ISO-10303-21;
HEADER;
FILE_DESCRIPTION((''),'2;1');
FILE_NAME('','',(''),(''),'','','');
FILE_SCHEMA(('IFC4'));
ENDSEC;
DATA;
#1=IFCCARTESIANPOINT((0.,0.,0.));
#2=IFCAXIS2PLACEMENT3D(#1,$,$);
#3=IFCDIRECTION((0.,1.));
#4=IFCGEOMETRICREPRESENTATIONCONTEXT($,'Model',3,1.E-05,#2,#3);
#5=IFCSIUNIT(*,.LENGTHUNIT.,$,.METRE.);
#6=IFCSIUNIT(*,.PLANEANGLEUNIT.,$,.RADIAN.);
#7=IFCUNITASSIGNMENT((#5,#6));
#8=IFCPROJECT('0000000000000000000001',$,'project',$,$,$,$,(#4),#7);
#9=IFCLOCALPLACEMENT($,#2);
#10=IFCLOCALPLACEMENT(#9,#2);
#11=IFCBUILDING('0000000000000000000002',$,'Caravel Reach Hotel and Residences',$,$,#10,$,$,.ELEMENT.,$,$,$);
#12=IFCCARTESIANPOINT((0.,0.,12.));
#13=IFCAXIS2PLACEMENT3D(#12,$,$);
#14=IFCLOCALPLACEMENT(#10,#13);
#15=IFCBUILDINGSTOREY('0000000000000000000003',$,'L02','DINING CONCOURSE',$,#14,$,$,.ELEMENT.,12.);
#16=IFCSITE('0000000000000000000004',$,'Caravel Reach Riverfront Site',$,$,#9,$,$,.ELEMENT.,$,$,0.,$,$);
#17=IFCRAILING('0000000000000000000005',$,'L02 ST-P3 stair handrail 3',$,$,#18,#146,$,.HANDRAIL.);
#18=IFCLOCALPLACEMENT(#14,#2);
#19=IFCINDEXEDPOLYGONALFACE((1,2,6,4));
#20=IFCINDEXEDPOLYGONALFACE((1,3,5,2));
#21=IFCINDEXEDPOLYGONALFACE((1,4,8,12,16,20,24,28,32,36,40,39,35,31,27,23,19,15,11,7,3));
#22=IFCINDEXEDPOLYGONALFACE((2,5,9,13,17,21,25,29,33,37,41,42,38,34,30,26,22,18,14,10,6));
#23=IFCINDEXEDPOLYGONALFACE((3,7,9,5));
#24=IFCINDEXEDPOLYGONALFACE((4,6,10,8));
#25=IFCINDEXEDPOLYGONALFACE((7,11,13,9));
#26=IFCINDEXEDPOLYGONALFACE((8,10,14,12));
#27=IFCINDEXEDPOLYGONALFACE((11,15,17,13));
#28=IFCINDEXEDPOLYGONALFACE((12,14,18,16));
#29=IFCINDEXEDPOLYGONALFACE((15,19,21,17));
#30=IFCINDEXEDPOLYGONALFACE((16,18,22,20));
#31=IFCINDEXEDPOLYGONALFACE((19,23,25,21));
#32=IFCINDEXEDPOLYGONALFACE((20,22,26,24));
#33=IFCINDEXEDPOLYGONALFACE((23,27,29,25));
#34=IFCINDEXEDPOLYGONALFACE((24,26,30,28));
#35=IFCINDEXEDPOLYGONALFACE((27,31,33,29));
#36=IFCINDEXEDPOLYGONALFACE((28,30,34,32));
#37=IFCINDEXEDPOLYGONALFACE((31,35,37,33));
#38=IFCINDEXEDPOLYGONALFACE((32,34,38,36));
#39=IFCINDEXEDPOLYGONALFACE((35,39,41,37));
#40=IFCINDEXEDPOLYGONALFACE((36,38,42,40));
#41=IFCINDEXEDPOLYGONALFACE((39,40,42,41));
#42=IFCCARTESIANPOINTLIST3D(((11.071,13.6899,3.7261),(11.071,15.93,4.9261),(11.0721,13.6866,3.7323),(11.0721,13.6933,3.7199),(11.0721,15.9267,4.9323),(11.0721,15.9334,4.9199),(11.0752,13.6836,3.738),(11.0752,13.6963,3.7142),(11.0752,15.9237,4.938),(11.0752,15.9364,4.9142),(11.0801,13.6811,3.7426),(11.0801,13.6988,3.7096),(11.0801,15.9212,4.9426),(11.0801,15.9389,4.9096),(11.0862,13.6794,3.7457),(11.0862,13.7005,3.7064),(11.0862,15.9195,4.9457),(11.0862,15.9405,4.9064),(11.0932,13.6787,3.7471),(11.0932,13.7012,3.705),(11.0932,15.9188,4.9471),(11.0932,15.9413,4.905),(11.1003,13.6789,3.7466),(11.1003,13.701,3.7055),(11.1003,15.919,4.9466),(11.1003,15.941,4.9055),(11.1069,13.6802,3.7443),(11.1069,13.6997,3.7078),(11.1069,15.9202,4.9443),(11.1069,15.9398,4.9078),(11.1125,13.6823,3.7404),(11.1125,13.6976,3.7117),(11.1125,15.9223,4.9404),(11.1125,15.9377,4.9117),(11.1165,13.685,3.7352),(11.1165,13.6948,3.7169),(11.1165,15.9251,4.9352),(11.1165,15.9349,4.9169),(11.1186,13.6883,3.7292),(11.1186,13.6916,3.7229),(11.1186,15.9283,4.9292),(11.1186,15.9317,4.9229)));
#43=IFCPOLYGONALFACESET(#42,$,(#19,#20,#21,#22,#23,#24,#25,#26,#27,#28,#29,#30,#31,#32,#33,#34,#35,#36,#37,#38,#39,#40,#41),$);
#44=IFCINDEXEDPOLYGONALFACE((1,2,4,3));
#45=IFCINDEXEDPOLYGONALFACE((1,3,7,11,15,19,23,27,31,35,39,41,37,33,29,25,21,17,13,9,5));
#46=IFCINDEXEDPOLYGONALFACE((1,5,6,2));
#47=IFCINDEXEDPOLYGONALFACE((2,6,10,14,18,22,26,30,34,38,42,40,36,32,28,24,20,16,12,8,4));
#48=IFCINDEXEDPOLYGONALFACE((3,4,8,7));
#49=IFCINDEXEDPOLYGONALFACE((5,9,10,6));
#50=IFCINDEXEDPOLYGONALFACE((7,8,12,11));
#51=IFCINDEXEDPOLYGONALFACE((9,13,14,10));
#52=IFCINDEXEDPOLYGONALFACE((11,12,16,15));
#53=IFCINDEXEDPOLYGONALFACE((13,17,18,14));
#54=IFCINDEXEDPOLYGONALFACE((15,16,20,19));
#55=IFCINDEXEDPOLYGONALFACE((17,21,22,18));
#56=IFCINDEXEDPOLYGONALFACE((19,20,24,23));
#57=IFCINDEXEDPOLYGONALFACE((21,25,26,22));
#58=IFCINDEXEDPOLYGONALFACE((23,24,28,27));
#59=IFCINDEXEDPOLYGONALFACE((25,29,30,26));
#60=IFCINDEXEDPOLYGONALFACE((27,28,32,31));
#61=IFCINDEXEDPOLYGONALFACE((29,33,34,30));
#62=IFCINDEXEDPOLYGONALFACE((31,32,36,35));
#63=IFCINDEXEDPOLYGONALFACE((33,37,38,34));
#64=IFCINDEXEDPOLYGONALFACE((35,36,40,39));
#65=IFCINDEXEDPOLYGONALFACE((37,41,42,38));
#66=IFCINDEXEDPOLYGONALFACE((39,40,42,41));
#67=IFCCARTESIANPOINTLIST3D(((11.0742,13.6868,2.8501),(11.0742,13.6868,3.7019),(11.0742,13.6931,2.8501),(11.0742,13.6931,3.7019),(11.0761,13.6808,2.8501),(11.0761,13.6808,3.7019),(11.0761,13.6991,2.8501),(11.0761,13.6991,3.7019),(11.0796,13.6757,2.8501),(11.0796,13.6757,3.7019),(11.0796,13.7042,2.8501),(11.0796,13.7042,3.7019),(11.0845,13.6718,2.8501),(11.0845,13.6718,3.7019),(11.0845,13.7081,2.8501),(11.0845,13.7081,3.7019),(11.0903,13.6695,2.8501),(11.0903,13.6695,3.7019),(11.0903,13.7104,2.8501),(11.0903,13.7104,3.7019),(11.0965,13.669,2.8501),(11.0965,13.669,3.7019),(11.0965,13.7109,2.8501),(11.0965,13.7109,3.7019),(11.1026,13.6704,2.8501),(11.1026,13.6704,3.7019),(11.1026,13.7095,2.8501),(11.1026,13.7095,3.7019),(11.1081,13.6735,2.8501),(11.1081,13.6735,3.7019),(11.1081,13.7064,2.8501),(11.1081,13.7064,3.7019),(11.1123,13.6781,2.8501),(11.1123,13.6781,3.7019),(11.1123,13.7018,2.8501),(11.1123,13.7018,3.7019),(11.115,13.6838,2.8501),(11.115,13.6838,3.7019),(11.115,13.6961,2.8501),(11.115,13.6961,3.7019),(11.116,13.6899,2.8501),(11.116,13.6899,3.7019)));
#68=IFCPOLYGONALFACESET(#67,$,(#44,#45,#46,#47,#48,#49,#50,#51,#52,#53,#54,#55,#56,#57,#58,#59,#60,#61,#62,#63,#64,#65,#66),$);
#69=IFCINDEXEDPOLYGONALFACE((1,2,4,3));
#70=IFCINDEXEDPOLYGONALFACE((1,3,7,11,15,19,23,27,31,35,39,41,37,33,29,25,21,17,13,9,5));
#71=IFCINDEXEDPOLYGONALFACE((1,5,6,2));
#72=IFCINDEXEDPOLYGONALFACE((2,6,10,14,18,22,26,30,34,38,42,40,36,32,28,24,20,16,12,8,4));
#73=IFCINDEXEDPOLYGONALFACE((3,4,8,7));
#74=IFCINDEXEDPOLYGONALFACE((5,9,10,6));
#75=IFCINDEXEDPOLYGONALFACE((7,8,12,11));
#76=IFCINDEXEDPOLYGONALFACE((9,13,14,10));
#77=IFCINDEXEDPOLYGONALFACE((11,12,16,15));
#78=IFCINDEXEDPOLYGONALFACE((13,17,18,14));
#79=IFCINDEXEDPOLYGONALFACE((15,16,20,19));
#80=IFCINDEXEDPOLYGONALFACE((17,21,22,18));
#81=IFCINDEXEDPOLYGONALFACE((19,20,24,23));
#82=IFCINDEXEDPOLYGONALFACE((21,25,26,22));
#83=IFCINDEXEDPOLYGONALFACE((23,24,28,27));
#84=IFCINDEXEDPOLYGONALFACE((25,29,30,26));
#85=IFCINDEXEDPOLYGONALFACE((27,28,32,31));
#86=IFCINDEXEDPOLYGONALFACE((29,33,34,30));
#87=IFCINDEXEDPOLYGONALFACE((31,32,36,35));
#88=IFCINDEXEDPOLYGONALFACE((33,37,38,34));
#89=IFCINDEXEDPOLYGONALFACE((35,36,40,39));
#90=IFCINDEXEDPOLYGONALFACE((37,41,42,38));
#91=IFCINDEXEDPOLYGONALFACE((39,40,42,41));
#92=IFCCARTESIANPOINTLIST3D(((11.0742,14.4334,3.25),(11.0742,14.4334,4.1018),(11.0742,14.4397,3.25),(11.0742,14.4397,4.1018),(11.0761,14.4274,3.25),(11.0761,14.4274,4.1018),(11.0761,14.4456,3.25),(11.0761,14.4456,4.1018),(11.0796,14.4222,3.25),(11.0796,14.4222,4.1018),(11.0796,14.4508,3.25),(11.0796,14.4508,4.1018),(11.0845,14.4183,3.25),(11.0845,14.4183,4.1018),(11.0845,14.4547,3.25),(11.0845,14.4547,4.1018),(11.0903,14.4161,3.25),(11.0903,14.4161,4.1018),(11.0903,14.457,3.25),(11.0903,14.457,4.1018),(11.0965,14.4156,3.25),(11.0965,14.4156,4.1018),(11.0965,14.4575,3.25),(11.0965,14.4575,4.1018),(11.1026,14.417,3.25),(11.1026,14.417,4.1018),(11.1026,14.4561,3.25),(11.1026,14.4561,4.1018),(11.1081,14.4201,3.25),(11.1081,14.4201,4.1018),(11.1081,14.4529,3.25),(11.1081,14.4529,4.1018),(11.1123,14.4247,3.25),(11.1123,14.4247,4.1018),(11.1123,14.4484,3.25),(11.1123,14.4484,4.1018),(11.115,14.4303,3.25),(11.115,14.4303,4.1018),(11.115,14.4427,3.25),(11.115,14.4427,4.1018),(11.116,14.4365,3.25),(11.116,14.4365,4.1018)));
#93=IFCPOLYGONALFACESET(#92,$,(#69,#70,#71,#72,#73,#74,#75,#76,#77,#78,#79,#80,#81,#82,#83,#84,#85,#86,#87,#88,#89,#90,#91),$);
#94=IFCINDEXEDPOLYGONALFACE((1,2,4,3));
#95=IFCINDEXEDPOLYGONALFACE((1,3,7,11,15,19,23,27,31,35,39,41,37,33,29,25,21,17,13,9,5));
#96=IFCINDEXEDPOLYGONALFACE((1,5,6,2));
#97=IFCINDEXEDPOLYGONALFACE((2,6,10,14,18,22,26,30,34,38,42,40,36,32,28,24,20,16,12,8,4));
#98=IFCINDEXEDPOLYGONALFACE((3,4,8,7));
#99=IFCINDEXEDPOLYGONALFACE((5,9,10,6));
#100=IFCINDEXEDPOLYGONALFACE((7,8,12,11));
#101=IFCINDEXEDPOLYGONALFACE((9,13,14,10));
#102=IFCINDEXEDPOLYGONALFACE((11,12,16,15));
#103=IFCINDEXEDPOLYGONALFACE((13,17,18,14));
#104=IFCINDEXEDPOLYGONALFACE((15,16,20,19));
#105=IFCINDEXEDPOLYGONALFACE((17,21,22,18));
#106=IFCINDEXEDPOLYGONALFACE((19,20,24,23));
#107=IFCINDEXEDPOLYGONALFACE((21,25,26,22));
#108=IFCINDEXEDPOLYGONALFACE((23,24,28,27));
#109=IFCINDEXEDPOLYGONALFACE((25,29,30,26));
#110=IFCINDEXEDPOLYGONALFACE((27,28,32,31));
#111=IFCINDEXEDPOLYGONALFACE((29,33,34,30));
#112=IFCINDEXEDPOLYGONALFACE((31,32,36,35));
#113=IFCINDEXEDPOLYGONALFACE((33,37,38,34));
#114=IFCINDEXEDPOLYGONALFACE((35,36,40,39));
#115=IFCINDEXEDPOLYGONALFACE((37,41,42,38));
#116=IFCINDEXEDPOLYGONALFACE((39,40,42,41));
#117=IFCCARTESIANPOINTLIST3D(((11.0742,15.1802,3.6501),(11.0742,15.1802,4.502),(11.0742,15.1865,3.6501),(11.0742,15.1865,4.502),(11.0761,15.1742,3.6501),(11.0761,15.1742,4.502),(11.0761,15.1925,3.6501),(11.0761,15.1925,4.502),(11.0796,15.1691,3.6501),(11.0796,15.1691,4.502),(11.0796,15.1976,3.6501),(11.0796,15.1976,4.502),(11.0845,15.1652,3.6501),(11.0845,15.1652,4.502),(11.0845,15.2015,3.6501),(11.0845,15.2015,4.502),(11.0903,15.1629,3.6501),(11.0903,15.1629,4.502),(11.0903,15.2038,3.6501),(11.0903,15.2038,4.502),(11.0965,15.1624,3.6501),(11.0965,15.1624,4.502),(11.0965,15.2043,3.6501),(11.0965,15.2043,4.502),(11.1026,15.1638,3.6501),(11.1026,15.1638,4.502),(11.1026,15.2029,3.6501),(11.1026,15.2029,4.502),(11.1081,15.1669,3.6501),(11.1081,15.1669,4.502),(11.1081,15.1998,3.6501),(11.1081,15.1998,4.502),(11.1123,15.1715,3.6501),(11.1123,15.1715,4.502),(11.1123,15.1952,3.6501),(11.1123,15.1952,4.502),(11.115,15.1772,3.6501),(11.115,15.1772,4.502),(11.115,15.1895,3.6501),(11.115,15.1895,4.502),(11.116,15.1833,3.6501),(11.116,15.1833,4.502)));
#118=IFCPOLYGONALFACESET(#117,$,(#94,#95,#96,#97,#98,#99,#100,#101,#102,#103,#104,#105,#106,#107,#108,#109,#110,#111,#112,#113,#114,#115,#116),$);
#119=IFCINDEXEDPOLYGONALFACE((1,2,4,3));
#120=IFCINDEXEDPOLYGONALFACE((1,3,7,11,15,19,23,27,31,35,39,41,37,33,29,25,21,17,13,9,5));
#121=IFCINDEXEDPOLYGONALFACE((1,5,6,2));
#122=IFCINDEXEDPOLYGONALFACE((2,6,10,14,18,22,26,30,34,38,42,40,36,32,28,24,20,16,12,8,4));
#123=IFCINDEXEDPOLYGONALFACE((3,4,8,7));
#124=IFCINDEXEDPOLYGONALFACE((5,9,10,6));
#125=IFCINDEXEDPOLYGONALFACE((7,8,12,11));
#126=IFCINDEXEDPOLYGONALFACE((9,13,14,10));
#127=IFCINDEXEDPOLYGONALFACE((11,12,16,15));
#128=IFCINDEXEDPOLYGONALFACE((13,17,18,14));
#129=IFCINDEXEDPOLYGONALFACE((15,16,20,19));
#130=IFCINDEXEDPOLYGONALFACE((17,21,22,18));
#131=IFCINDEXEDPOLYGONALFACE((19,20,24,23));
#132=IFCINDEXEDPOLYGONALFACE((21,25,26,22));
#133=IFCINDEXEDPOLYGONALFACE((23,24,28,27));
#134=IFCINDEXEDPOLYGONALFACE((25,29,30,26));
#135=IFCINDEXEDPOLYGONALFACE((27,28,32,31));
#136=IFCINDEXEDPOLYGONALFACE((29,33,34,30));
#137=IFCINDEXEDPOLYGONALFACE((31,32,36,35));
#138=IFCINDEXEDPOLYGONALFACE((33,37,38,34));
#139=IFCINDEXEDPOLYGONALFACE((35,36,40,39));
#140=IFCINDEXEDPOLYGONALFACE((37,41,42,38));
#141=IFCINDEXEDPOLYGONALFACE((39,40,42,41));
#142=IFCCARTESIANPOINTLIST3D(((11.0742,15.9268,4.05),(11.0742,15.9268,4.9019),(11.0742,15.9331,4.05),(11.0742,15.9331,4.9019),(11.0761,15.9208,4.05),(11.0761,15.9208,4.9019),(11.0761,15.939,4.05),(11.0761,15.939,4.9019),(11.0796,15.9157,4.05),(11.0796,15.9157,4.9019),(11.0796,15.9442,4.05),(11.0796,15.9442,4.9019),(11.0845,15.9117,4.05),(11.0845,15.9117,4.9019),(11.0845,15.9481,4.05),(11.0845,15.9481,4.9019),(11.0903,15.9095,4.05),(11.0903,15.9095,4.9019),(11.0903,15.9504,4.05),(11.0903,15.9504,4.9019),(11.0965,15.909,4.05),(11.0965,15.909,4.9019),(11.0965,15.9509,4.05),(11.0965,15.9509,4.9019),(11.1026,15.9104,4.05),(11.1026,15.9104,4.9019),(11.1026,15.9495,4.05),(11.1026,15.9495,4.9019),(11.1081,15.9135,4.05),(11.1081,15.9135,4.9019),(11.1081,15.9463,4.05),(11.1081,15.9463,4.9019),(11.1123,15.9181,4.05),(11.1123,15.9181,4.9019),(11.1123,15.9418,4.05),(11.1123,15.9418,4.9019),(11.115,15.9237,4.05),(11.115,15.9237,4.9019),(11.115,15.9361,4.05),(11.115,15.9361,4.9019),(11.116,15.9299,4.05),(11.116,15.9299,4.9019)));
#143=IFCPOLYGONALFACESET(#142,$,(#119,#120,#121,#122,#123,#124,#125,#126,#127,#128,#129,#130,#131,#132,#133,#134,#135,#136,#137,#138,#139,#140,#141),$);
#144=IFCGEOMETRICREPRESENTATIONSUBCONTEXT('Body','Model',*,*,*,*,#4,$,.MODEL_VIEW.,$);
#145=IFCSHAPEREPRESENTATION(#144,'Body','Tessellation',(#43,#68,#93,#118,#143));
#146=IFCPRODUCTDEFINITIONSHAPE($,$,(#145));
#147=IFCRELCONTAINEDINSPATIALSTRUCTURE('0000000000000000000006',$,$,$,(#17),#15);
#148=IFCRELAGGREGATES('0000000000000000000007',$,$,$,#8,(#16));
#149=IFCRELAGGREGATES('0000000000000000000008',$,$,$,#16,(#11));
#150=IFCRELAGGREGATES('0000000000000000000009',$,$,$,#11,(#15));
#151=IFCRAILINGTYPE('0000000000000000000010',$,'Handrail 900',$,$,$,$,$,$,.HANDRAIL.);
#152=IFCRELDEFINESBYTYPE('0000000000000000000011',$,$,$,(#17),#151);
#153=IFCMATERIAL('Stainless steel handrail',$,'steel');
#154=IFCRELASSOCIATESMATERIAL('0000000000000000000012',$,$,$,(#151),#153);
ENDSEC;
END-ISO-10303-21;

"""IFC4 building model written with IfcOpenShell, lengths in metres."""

from ifc_helpers import new_model, si_unit, direction, frame, origin, origin_2d, place, context, subcontext, project, spatial, circle, extrude, material, type_object, element, save


model = new_model("IFC4")

# Units and contexts
model_context = context("Model", 3, precision=1e-05, world=origin(), true_north=direction((0.0, 1.0)))
body_context = subcontext(model_context, "Body", "Model", "MODEL_VIEW")
ifc_project = project(units=[si_unit("LENGTHUNIT", "METRE"), si_unit("PLANEANGLEUNIT", "RADIAN")], contexts=[model_context])

# Site, building, storey
site_placement = place(None, origin())
site = spatial("IfcSite", under=ifc_project, at=site_placement, Name="Caravel Reach Riverfront Site", CompositionType="ELEMENT", RefElevation=0.0)
building_placement = place(site_placement, origin())
building = spatial("IfcBuilding", under=site, at=building_placement, Name="Caravel Reach Hotel and Residences", CompositionType="ELEMENT")
storey_placement = place(building_placement, frame((0.0, 0.0, 12.0)))
storey = spatial("IfcBuildingStorey", under=building, at=storey_placement, Name="L02", Description="DINING CONCOURSE", CompositionType="ELEMENT", Elevation=12.0)

# Railing
ifc_material_1 = material(Name="Stainless steel handrail", Category="steel")
railing_type_1 = type_object("IfcRailingType", Name="Handrail 900", PredefinedType="HANDRAIL", material=ifc_material_1)
railing_1_placement = place(storey_placement, frame((11.095, 13.6899, 2.8501)))
element("IfcRailing", 1, at=railing_1_placement, inside=storey, type_object=railing_type_1, Name="L02 ST-P3 stair handrail 3", PredefinedType="HANDRAIL", context=body_context, shape_type="SweptSolid", body=[
    extrude(circle(Radius=0.0239, at=origin_2d()), frame((0.0, 0.0, 0.876), z_axis=(0.0, 0.881487, 0.472208), x_axis=(-1.0, 0.0, 0.0)), (0.0, 0.0, 1.0), 2.5413),
    extrude(circle(Radius=0.021, at=origin_2d()), origin(), (0.0, 0.0, 1.0), 0.8518),
    extrude(circle(Radius=0.021, at=origin_2d()), frame((0.0, 0.7466, 0.3999)), (0.0, 0.0, 1.0), 0.8518),
    extrude(circle(Radius=0.021, at=origin_2d()), frame((0.0, 1.4934, 0.8)), (0.0, 0.0, 1.0), 0.8518),
    extrude(circle(Radius=0.021, at=origin_2d()), frame((0.0, 2.24, 1.2)), (0.0, 0.0, 1.0), 0.8518),
])

save(model, "model.ifc")
